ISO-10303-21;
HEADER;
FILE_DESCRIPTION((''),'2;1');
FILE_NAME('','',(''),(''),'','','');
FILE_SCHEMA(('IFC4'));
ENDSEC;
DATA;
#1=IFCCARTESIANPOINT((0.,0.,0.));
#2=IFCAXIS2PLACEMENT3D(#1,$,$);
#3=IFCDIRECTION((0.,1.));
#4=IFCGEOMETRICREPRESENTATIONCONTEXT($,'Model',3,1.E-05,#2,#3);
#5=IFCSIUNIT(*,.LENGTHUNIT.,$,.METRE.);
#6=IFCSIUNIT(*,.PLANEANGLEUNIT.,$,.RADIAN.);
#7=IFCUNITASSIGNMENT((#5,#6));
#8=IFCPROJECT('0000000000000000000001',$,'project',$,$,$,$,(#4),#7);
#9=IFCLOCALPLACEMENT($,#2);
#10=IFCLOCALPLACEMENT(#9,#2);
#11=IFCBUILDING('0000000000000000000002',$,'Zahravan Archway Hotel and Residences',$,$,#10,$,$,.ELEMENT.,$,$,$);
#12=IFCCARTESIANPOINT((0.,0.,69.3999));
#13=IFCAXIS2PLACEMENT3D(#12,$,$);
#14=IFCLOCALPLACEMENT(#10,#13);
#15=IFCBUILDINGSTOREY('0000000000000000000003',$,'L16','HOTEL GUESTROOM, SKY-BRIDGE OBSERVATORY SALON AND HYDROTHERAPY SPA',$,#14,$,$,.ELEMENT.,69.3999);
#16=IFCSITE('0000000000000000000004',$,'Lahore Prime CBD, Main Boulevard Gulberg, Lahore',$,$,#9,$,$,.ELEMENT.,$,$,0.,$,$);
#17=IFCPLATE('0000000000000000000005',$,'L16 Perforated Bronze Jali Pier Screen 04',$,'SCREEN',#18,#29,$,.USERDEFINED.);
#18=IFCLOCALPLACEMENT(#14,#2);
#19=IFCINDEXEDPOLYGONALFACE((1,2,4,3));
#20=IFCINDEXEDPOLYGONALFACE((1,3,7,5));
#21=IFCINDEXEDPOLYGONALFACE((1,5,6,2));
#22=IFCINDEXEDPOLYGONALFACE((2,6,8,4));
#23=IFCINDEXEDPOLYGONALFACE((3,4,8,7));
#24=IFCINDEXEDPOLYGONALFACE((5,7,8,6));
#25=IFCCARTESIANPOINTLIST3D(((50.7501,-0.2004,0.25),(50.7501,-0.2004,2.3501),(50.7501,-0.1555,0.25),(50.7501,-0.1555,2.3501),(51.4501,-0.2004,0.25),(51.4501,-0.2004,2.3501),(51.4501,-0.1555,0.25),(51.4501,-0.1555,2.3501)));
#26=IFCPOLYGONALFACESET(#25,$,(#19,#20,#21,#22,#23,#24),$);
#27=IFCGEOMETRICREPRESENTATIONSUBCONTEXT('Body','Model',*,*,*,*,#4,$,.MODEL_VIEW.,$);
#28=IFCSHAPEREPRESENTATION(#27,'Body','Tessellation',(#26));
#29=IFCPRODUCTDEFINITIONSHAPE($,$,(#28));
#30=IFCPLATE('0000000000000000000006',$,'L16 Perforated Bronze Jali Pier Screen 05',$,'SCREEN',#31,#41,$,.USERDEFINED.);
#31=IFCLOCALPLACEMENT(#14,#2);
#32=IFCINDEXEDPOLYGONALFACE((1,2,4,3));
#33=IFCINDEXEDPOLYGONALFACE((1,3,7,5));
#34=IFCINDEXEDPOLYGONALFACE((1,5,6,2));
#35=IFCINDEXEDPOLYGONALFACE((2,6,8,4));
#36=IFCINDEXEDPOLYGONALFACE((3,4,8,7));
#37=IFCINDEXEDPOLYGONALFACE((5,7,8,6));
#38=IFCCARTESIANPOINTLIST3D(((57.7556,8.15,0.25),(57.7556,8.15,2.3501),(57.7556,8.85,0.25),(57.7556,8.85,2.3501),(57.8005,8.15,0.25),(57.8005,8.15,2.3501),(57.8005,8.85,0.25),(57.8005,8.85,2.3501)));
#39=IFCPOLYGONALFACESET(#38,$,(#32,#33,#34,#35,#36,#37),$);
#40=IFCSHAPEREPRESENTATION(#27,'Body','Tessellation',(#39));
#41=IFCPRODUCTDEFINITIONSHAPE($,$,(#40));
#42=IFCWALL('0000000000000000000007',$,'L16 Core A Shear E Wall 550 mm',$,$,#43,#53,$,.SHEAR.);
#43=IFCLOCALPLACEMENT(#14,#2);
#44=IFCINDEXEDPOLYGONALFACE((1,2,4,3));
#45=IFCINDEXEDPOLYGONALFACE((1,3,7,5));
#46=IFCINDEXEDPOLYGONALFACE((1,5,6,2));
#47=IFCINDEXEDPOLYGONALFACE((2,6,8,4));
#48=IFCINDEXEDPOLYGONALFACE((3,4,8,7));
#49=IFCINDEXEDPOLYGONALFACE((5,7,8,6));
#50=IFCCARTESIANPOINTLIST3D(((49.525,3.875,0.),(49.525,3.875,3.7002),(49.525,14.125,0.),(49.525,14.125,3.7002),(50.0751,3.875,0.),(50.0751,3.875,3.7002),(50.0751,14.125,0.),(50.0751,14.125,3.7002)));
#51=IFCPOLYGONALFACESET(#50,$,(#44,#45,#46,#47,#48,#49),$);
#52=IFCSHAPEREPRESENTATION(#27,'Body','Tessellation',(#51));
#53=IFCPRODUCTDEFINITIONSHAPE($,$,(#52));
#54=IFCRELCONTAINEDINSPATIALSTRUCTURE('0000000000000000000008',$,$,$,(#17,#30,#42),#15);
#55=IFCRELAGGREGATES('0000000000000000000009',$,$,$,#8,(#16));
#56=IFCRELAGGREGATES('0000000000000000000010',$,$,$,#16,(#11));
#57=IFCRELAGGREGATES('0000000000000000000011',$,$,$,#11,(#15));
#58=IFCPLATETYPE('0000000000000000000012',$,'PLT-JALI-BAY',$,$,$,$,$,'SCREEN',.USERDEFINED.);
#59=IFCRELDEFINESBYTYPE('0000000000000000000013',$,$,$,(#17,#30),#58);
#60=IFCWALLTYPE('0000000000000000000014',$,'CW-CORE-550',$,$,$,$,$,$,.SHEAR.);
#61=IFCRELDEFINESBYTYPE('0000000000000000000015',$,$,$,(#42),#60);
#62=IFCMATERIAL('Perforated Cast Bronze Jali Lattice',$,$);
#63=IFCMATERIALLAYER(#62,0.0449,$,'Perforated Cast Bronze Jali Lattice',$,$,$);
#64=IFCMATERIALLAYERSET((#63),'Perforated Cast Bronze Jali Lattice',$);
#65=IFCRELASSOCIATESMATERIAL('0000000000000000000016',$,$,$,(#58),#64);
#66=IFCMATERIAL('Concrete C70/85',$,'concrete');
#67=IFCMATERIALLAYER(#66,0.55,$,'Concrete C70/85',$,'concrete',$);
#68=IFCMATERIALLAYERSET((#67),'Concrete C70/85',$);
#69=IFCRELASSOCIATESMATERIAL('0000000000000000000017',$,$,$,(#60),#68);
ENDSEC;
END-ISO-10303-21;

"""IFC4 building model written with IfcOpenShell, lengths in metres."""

from ifc_helpers import new_model, si_unit, direction, frame, frame_2d, origin, origin_2d, place, context, subcontext, project, spatial, rectangle, extrude, source, transform, mapped, material, layer, layer_set, type_object, type_shapes, element, save


model = new_model("IFC4")

# Units and contexts
model_context = context("Model", 3, precision=1e-05, world=origin(), true_north=direction((0.0, 1.0)))
body_context = subcontext(model_context, "Body", "Model", "MODEL_VIEW")
ifc_project = project(units=[si_unit("LENGTHUNIT", "METRE"), si_unit("PLANEANGLEUNIT", "RADIAN")], contexts=[model_context])

# Site, building, storey
site_placement = place(None, origin())
site = spatial("IfcSite", under=ifc_project, at=site_placement, Name="Lahore Prime CBD, Main Boulevard Gulberg, Lahore", CompositionType="ELEMENT", RefElevation=0.0)
building_placement = place(site_placement, origin())
building = spatial("IfcBuilding", under=site, at=building_placement, Name="Zahravan Archway Hotel and Residences", CompositionType="ELEMENT")
storey_placement = place(building_placement, frame((0.0, 0.0, 69.3999)))
storey = spatial("IfcBuildingStorey", under=building, at=storey_placement, Name="L16", Description="HOTEL GUESTROOM, SKY-BRIDGE OBSERVATORY SALON AND HYDROTHERAPY SPA", CompositionType="ELEMENT", Elevation=69.3999)

# Shared definitions
ifc_material_1 = material(Name="Concrete C70/85", Category="concrete")

# Plates
ifc_material_2 = material(Name="Perforated Cast Bronze Jali Lattice")
ifc_layer_1 = layer(ifc_material_2, 0.0449, Name="Perforated Cast Bronze Jali Lattice")
ifc_layer_set_1 = layer_set([ifc_layer_1], Name="Perforated Cast Bronze Jali Lattice")
plate_type = type_object("IfcPlateType", Name="PLT-JALI-BAY", ElementType="SCREEN", PredefinedType="USERDEFINED", material=ifc_layer_set_1)
shared_shape_1 = source(origin(), body_context, "Body", "SweptSolid", [
    extrude(rectangle(XDim=0.7, YDim=0.0449, at=origin_2d()), origin(), (0.0, 0.0, 1.0), 2.1001),
])
type_shapes(plate_type, [shared_shape_1])
for number, where, z_axis, x_axis, name in (
    (1, (51.1001, -0.178, 0.25), (0.0, 0.0, 1.0), (1.0, 0.0, 0.0), "L16 Perforated Bronze Jali Pier Screen 04"),
    (2, (57.7781, 8.5, 0.25), (0.0, 0.0, 1.0), (0.0, 1.0, 0.0), "L16 Perforated Bronze Jali Pier Screen 05"),
):
    element("IfcPlate", number, at=place(storey_placement, frame(where, z_axis=z_axis, x_axis=x_axis)), inside=storey, type_object=plate_type, Name=name, ObjectType="SCREEN", PredefinedType="USERDEFINED", context=body_context, shape_type="MappedRepresentation", body=[
        mapped(shared_shape_1, transform((0.0, 0.0, 0.0), scale=1.0)),
    ])

# Wall
ifc_layer_2 = layer(ifc_material_1, 0.55, Name="Concrete C70/85", Category="concrete")
ifc_layer_set_2 = layer_set([ifc_layer_2], Name="Concrete C70/85")
wall_type_1 = type_object("IfcWallType", Name="CW-CORE-550", PredefinedType="SHEAR", material=ifc_layer_set_2)
wall_1_placement = place(storey_placement, frame((49.8, 3.875, 0.0), z_axis=(0.0, 0.0, 1.0), x_axis=(0.0, 1.0, 0.0)))
element("IfcWall", 3, at=wall_1_placement, inside=storey, type_object=wall_type_1, Name="L16 Core A Shear E Wall 550 mm", PredefinedType="SHEAR", context=body_context, shape_type="SweptSolid", body=[
    extrude(rectangle(XDim=10.25, YDim=0.55, at=frame_2d((5.125, 0.0))), origin(), (0.0, 0.0, 1.0), 3.7002),
])

save(model, "model.ifc")
